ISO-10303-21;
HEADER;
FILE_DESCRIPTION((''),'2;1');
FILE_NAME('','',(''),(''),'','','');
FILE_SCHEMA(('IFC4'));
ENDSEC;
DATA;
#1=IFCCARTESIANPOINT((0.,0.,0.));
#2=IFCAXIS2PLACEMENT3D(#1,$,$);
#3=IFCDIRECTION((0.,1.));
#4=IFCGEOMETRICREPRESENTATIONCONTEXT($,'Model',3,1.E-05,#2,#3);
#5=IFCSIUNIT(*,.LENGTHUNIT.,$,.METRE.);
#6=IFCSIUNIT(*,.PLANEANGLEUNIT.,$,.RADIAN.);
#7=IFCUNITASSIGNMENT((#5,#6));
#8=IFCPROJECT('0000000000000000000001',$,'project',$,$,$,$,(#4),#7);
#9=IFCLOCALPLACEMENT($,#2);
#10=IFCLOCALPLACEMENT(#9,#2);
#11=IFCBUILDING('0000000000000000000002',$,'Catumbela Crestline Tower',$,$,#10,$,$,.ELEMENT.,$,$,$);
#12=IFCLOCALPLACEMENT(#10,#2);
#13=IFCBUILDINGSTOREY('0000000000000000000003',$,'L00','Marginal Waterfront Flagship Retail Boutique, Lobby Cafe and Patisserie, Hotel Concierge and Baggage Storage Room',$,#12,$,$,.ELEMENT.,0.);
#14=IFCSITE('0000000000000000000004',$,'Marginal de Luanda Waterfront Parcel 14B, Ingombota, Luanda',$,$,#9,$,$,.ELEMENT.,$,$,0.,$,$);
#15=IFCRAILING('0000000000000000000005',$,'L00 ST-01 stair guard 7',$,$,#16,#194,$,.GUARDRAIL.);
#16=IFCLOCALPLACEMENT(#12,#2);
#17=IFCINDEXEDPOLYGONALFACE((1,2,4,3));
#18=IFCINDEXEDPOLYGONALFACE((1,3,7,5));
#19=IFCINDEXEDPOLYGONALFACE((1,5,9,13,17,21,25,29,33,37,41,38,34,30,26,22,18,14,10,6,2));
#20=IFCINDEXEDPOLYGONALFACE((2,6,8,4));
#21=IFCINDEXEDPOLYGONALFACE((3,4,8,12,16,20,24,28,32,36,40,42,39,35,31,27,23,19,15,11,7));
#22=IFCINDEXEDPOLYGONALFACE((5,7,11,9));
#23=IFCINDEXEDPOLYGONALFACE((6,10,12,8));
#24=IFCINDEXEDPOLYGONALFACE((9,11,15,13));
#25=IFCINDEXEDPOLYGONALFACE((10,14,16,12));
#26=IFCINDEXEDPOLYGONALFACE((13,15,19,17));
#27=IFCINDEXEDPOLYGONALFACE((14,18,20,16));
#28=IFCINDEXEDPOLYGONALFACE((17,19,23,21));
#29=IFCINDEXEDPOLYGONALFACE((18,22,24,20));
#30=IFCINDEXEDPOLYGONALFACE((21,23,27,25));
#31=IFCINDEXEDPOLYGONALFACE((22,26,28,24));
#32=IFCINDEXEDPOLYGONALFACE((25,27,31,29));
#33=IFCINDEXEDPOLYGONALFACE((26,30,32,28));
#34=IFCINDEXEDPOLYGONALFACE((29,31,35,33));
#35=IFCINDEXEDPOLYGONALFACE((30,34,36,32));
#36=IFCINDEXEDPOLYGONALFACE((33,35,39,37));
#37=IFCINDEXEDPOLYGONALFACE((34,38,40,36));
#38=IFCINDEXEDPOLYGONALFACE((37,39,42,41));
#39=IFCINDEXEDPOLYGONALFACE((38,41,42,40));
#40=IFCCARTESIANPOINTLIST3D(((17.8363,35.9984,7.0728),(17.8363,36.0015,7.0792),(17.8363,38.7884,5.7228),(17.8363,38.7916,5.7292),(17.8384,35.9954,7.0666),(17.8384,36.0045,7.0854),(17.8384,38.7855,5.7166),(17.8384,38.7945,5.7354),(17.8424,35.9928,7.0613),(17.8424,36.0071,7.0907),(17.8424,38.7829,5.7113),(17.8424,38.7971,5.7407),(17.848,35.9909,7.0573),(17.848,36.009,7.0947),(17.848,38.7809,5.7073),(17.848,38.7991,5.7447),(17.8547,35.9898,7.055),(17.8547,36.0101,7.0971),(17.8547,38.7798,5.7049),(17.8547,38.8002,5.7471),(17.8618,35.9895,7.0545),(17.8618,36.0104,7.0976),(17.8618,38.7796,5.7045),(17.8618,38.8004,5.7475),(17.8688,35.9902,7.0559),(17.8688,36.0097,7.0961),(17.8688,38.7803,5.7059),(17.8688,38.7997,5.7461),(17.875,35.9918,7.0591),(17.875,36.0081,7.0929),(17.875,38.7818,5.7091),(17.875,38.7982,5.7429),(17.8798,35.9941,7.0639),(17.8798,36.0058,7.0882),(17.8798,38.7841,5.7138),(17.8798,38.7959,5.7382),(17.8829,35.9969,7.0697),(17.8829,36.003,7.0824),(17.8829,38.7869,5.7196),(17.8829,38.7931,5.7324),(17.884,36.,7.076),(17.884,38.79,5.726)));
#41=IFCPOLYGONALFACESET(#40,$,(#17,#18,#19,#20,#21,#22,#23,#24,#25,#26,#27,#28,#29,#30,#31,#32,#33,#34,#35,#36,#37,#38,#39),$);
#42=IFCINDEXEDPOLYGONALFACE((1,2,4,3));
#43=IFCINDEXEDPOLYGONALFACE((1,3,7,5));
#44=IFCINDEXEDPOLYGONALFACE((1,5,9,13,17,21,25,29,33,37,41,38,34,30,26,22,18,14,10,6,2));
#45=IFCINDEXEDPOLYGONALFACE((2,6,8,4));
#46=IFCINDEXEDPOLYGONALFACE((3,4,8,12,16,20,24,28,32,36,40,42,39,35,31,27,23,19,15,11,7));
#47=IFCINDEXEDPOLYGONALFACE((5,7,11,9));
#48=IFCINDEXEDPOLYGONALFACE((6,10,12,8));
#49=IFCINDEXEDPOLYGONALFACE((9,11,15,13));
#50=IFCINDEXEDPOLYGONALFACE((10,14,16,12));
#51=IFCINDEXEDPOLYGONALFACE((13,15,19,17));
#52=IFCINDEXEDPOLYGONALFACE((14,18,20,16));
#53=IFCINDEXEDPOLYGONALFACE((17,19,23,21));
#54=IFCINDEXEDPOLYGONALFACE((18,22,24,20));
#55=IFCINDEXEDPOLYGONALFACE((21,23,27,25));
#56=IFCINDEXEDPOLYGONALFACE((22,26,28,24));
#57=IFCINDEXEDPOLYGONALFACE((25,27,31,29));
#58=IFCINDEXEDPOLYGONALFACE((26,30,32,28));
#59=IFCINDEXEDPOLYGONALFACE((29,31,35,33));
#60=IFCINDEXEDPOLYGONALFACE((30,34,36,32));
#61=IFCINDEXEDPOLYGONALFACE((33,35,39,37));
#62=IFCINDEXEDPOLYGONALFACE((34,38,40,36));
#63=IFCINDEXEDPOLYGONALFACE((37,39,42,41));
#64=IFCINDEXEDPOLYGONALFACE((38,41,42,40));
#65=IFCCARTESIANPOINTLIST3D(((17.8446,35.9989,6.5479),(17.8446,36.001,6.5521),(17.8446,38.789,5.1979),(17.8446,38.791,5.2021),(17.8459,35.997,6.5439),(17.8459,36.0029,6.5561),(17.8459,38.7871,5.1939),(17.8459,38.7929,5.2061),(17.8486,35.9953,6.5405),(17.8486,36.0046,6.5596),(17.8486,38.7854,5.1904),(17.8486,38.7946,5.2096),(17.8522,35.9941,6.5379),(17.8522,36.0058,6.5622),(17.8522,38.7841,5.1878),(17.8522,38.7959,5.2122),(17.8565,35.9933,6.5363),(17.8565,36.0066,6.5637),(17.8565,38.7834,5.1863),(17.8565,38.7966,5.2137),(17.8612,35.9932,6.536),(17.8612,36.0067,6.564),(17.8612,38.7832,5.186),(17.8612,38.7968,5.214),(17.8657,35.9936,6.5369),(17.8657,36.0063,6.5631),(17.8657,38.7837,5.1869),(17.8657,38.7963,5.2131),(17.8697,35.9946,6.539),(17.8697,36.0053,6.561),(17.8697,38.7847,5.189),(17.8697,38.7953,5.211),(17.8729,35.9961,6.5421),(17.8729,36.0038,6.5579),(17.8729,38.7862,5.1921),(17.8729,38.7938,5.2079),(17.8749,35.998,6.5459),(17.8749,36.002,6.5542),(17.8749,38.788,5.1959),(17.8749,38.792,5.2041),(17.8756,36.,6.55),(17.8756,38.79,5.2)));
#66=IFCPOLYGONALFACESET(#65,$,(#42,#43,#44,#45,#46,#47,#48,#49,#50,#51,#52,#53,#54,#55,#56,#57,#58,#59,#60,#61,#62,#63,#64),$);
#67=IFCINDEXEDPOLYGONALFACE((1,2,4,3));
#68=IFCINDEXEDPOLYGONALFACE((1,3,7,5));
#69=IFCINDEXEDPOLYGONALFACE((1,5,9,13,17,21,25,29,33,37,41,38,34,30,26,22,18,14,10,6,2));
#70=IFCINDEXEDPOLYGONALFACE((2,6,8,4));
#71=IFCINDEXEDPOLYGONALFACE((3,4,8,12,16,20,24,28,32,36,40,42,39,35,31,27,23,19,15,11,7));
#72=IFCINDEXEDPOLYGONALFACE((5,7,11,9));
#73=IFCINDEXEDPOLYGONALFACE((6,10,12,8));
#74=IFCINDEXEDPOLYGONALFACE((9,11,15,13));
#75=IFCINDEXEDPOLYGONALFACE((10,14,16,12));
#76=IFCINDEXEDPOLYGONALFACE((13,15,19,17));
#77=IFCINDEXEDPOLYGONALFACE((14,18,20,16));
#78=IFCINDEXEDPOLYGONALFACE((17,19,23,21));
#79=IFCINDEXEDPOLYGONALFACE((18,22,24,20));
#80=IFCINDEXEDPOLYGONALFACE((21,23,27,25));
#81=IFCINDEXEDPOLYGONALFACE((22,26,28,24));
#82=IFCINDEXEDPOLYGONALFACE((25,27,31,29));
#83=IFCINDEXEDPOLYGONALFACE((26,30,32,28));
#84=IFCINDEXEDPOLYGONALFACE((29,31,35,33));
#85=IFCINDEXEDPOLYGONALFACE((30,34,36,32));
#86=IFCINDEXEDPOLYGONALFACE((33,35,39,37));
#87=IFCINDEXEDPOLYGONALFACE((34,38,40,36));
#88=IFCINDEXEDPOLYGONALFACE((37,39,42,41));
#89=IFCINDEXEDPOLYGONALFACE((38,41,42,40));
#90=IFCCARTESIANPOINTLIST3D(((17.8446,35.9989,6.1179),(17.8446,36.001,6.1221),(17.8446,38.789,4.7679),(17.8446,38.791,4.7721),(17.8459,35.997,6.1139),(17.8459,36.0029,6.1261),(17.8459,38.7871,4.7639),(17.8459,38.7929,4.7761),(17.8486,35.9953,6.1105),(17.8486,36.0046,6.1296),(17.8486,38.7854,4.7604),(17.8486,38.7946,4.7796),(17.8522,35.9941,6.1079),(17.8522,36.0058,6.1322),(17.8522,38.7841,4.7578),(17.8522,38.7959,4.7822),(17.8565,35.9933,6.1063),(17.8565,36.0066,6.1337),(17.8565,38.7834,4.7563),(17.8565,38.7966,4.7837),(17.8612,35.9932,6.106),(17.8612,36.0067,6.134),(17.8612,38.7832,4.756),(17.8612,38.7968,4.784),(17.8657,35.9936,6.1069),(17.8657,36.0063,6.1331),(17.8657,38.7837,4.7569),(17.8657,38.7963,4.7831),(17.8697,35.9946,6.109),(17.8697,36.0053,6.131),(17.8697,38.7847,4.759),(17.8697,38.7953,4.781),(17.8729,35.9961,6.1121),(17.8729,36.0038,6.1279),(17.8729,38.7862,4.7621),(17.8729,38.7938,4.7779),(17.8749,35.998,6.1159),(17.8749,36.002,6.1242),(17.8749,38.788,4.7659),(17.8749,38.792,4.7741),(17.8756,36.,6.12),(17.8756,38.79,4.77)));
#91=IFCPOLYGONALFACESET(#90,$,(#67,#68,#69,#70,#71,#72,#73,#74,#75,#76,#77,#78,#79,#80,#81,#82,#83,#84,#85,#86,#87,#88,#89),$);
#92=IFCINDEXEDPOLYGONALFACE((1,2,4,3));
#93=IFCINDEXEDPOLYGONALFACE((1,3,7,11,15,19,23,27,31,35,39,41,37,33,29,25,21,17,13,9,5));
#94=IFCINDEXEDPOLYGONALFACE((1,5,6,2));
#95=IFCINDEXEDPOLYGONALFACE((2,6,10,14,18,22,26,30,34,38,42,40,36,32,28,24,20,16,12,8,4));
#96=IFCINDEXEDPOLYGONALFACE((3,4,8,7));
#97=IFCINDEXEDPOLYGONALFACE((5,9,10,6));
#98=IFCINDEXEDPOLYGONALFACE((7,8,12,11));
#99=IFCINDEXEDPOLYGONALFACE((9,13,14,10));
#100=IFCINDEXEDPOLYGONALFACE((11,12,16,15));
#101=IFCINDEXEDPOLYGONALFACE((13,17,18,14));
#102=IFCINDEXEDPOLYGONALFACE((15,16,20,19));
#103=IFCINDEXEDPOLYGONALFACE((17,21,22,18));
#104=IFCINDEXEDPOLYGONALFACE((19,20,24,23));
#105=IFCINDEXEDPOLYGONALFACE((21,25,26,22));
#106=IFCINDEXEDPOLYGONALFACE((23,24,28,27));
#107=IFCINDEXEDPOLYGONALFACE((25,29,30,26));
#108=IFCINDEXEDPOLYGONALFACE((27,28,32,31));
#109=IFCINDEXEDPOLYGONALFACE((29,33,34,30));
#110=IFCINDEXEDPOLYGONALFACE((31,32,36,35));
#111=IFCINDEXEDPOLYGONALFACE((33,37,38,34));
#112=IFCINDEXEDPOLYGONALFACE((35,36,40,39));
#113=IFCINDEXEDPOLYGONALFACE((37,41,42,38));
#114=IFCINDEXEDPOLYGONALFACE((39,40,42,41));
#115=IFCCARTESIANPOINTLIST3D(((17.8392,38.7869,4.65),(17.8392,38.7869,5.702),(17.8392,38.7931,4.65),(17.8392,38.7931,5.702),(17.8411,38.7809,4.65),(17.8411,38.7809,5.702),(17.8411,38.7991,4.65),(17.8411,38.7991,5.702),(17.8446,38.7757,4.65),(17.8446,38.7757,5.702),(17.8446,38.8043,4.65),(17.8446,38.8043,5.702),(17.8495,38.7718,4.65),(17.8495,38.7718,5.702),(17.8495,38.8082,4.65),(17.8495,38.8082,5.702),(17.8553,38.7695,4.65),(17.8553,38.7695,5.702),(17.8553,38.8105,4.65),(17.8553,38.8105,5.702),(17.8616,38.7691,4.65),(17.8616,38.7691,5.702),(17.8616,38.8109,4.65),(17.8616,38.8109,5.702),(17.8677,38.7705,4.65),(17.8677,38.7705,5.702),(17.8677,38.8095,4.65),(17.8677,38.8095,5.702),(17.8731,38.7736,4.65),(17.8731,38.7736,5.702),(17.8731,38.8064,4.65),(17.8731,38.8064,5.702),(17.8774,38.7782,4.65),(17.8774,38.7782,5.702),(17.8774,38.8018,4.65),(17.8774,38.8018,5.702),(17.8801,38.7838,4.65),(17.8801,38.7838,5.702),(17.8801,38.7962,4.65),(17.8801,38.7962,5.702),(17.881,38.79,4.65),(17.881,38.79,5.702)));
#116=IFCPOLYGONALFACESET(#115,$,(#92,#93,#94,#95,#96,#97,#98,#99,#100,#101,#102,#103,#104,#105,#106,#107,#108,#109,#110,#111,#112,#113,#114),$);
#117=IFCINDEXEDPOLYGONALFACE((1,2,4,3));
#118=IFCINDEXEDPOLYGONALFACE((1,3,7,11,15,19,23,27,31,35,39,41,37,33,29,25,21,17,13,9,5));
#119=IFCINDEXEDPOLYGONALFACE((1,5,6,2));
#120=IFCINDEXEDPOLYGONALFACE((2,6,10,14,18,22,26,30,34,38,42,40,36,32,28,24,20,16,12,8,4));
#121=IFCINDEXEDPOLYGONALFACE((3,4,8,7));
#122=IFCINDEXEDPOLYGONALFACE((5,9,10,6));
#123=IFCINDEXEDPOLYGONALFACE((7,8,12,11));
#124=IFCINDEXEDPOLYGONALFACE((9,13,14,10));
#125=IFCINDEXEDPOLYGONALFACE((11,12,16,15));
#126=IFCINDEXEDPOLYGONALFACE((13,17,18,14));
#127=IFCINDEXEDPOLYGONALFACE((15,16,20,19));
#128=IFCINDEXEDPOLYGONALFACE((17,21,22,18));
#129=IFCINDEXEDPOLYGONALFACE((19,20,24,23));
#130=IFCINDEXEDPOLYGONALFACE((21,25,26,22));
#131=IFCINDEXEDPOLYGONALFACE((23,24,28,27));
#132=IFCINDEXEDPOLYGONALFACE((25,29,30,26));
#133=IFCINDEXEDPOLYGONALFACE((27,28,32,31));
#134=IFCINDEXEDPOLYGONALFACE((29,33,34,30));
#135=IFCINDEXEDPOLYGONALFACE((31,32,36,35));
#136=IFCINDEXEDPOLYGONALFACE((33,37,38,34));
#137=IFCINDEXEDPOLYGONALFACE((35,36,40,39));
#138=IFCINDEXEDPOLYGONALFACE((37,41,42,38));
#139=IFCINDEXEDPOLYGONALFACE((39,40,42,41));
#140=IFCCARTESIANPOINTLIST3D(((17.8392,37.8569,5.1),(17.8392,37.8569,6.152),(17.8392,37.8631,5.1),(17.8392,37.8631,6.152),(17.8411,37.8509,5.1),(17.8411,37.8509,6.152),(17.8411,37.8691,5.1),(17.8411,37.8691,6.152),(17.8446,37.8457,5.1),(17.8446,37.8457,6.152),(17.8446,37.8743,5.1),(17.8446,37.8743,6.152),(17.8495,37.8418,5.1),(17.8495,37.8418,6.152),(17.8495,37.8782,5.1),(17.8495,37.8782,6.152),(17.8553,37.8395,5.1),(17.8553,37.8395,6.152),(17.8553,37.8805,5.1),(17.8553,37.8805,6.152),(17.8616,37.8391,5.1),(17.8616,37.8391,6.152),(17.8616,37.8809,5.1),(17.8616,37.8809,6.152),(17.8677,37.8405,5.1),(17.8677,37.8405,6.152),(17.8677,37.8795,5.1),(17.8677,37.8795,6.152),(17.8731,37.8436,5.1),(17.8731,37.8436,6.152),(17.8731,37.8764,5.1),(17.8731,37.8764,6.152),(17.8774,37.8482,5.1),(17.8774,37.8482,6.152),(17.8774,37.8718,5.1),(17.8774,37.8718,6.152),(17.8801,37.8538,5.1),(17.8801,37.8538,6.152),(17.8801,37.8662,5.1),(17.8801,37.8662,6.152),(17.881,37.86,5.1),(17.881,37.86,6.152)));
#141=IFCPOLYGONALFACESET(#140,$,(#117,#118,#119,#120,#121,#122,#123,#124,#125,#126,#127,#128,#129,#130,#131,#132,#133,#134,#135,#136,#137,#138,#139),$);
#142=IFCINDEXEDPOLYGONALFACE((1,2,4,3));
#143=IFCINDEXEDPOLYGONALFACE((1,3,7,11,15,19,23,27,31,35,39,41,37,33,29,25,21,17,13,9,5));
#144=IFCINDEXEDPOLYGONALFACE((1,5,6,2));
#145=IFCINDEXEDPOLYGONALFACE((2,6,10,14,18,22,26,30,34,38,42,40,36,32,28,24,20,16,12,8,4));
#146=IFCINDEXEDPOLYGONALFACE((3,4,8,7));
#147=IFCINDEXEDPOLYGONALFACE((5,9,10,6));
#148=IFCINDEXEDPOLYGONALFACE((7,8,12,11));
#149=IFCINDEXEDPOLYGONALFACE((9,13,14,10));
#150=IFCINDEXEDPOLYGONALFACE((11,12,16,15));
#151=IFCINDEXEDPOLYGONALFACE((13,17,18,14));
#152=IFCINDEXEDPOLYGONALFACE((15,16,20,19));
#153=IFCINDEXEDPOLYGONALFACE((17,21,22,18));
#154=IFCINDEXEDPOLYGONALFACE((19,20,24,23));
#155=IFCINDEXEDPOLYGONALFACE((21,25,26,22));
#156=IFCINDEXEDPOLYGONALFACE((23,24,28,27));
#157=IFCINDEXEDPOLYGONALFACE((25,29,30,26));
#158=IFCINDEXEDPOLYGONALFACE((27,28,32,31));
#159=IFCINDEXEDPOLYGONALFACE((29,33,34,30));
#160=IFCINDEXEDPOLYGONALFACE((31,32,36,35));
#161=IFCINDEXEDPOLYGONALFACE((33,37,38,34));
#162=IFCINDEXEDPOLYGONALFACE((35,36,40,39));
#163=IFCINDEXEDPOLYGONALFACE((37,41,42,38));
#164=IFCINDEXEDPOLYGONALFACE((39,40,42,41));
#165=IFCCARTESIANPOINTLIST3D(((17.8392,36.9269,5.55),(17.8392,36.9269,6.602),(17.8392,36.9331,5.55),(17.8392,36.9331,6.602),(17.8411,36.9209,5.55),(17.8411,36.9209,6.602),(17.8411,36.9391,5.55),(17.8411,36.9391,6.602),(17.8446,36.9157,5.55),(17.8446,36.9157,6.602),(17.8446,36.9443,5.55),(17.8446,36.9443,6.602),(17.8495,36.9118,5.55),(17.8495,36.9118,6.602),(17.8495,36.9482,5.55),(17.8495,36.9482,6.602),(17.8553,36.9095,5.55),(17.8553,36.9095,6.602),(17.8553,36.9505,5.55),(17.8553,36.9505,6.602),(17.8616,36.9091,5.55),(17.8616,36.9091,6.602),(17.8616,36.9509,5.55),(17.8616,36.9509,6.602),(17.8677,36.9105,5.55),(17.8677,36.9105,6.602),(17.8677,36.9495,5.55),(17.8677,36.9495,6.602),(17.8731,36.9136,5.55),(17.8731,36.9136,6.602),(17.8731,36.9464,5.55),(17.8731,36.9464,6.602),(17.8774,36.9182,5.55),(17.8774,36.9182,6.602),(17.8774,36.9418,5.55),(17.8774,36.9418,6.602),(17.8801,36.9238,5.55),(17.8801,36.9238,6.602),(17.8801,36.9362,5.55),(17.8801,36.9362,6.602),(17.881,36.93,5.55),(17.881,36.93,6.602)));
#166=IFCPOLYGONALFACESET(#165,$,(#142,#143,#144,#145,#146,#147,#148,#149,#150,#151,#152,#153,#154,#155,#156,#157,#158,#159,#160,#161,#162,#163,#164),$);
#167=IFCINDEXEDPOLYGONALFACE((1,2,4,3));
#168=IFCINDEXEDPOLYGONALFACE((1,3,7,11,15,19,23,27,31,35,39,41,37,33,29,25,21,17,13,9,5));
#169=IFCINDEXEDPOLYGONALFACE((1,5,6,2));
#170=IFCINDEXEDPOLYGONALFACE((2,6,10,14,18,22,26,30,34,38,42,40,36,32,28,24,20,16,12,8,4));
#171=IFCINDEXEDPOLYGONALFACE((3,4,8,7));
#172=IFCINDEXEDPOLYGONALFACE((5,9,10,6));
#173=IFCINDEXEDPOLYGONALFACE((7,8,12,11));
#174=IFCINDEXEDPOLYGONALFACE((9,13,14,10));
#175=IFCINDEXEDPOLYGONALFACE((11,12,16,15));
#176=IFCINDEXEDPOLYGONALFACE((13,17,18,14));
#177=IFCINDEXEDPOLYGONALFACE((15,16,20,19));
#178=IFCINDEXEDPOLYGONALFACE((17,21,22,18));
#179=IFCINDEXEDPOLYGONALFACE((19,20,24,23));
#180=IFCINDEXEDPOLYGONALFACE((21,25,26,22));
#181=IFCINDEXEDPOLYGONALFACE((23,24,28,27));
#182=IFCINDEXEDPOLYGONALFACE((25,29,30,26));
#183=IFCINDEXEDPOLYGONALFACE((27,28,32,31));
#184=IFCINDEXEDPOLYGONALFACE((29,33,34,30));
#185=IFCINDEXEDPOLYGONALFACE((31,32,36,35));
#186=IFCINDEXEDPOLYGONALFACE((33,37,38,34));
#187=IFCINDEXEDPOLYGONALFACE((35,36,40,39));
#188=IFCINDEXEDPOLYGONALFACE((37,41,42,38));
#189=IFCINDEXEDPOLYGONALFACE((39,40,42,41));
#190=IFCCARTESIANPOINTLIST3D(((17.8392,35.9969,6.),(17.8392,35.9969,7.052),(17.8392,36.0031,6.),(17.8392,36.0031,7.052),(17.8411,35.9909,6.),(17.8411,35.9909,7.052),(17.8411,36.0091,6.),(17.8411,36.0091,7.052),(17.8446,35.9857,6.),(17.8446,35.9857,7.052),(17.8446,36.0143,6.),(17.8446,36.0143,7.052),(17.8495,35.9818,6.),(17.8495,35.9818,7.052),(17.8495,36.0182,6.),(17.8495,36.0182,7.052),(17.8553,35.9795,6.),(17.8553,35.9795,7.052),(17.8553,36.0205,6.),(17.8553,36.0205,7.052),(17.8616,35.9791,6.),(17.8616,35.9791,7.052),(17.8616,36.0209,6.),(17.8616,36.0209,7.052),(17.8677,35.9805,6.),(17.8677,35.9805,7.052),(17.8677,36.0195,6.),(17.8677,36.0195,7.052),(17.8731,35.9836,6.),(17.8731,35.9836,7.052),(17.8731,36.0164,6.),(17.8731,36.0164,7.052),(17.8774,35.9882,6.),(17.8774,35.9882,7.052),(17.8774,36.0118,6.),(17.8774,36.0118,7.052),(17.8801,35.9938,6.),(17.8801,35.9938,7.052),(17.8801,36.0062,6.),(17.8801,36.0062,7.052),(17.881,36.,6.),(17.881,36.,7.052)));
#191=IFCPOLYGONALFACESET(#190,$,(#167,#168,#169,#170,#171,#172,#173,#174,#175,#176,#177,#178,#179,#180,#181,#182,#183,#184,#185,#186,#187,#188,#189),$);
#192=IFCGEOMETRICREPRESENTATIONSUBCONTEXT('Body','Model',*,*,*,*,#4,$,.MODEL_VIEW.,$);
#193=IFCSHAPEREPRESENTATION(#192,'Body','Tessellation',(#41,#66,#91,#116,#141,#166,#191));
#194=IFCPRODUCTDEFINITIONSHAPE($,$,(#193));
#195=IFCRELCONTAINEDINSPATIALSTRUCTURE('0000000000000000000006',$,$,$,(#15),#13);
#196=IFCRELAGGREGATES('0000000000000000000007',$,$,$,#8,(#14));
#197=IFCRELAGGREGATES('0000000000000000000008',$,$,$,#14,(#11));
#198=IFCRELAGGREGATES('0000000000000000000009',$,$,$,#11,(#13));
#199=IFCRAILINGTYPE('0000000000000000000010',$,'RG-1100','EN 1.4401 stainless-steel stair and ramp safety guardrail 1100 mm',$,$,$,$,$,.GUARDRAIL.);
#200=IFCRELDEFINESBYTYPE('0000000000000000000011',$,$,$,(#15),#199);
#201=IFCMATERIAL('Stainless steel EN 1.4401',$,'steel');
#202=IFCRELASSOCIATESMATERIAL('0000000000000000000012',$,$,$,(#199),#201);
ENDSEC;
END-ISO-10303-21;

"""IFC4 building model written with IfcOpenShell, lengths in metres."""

from ifc_helpers import new_model, si_unit, direction, frame, origin, origin_2d, place, context, subcontext, project, spatial, circle, extrude, material, type_object, element, save


model = new_model("IFC4")

# Units and contexts
model_context = context("Model", 3, precision=1e-05, world=origin(), true_north=direction((0.0, 1.0)))
body_context = subcontext(model_context, "Body", "Model", "MODEL_VIEW")
ifc_project = project(units=[si_unit("LENGTHUNIT", "METRE"), si_unit("PLANEANGLEUNIT", "RADIAN")], contexts=[model_context])

# Site, building, storey
site_placement = place(None, origin())
site = spatial("IfcSite", under=ifc_project, at=site_placement, Name="Marginal de Luanda Waterfront Parcel 14B, Ingombota, Luanda", CompositionType="ELEMENT", RefElevation=0.0)
building_placement = place(site_placement, origin())
building = spatial("IfcBuilding", under=site, at=building_placement, Name="Catumbela Crestline Tower", CompositionType="ELEMENT")
storey_placement = place(building_placement, origin())
storey = spatial("IfcBuildingStorey", under=building, at=storey_placement, Name="L00", Description="Marginal Waterfront Flagship Retail Boutique, Lobby Cafe and Patisserie, Hotel Concierge and Baggage Storage Room", CompositionType="ELEMENT", Elevation=0.0)

# Railing
ifc_material_1 = material(Name="Stainless steel EN 1.4401", Category="steel")
railing_type_1 = type_object("IfcRailingType", Name="RG-1100", Description="EN 1.4401 stainless-steel stair and ramp safety guardrail 1100 mm", PredefinedType="GUARDRAIL", material=ifc_material_1)
railing_1_placement = place(storey_placement, frame((17.86, 38.79, 4.65)))
element("IfcRailing", 1, at=railing_1_placement, inside=storey, type_object=railing_type_1, Name="L00 ST-01 stair guard 7", PredefinedType="GUARDRAIL", context=body_context, shape_type="SweptSolid", body=[
    extrude(circle(Radius=0.024, at=origin_2d()), frame((0.0, 0.0, 1.076), z_axis=(0.0, -0.900159, 0.435561), x_axis=(1.0, 0.0, 0.0)), (0.0, 0.0, 1.0), 3.0995),
    extrude(circle(Radius=0.0156, at=origin_2d()), frame((0.0, 0.0, 0.55), z_axis=(0.0, -0.900159, 0.435561), x_axis=(1.0, 0.0, 0.0)), (0.0, 0.0, 1.0), 3.0995),
    extrude(circle(Radius=0.0156, at=origin_2d()), frame((0.0, 0.0, 0.12), z_axis=(0.0, -0.900159, 0.435561), x_axis=(1.0, 0.0, 0.0)), (0.0, 0.0, 1.0), 3.0995),
    extrude(circle(Radius=0.021, at=origin_2d()), origin(), (0.0, 0.0, 1.0), 1.052),
    extrude(circle(Radius=0.021, at=origin_2d()), frame((0.0, -0.93, 0.45)), (0.0, 0.0, 1.0), 1.052),
    extrude(circle(Radius=0.021, at=origin_2d()), frame((0.0, -1.86, 0.9)), (0.0, 0.0, 1.0), 1.052),
    extrude(circle(Radius=0.021, at=origin_2d()), frame((0.0, -2.79, 1.35)), (0.0, 0.0, 1.0), 1.052),
])

save(model, "model.ifc")
